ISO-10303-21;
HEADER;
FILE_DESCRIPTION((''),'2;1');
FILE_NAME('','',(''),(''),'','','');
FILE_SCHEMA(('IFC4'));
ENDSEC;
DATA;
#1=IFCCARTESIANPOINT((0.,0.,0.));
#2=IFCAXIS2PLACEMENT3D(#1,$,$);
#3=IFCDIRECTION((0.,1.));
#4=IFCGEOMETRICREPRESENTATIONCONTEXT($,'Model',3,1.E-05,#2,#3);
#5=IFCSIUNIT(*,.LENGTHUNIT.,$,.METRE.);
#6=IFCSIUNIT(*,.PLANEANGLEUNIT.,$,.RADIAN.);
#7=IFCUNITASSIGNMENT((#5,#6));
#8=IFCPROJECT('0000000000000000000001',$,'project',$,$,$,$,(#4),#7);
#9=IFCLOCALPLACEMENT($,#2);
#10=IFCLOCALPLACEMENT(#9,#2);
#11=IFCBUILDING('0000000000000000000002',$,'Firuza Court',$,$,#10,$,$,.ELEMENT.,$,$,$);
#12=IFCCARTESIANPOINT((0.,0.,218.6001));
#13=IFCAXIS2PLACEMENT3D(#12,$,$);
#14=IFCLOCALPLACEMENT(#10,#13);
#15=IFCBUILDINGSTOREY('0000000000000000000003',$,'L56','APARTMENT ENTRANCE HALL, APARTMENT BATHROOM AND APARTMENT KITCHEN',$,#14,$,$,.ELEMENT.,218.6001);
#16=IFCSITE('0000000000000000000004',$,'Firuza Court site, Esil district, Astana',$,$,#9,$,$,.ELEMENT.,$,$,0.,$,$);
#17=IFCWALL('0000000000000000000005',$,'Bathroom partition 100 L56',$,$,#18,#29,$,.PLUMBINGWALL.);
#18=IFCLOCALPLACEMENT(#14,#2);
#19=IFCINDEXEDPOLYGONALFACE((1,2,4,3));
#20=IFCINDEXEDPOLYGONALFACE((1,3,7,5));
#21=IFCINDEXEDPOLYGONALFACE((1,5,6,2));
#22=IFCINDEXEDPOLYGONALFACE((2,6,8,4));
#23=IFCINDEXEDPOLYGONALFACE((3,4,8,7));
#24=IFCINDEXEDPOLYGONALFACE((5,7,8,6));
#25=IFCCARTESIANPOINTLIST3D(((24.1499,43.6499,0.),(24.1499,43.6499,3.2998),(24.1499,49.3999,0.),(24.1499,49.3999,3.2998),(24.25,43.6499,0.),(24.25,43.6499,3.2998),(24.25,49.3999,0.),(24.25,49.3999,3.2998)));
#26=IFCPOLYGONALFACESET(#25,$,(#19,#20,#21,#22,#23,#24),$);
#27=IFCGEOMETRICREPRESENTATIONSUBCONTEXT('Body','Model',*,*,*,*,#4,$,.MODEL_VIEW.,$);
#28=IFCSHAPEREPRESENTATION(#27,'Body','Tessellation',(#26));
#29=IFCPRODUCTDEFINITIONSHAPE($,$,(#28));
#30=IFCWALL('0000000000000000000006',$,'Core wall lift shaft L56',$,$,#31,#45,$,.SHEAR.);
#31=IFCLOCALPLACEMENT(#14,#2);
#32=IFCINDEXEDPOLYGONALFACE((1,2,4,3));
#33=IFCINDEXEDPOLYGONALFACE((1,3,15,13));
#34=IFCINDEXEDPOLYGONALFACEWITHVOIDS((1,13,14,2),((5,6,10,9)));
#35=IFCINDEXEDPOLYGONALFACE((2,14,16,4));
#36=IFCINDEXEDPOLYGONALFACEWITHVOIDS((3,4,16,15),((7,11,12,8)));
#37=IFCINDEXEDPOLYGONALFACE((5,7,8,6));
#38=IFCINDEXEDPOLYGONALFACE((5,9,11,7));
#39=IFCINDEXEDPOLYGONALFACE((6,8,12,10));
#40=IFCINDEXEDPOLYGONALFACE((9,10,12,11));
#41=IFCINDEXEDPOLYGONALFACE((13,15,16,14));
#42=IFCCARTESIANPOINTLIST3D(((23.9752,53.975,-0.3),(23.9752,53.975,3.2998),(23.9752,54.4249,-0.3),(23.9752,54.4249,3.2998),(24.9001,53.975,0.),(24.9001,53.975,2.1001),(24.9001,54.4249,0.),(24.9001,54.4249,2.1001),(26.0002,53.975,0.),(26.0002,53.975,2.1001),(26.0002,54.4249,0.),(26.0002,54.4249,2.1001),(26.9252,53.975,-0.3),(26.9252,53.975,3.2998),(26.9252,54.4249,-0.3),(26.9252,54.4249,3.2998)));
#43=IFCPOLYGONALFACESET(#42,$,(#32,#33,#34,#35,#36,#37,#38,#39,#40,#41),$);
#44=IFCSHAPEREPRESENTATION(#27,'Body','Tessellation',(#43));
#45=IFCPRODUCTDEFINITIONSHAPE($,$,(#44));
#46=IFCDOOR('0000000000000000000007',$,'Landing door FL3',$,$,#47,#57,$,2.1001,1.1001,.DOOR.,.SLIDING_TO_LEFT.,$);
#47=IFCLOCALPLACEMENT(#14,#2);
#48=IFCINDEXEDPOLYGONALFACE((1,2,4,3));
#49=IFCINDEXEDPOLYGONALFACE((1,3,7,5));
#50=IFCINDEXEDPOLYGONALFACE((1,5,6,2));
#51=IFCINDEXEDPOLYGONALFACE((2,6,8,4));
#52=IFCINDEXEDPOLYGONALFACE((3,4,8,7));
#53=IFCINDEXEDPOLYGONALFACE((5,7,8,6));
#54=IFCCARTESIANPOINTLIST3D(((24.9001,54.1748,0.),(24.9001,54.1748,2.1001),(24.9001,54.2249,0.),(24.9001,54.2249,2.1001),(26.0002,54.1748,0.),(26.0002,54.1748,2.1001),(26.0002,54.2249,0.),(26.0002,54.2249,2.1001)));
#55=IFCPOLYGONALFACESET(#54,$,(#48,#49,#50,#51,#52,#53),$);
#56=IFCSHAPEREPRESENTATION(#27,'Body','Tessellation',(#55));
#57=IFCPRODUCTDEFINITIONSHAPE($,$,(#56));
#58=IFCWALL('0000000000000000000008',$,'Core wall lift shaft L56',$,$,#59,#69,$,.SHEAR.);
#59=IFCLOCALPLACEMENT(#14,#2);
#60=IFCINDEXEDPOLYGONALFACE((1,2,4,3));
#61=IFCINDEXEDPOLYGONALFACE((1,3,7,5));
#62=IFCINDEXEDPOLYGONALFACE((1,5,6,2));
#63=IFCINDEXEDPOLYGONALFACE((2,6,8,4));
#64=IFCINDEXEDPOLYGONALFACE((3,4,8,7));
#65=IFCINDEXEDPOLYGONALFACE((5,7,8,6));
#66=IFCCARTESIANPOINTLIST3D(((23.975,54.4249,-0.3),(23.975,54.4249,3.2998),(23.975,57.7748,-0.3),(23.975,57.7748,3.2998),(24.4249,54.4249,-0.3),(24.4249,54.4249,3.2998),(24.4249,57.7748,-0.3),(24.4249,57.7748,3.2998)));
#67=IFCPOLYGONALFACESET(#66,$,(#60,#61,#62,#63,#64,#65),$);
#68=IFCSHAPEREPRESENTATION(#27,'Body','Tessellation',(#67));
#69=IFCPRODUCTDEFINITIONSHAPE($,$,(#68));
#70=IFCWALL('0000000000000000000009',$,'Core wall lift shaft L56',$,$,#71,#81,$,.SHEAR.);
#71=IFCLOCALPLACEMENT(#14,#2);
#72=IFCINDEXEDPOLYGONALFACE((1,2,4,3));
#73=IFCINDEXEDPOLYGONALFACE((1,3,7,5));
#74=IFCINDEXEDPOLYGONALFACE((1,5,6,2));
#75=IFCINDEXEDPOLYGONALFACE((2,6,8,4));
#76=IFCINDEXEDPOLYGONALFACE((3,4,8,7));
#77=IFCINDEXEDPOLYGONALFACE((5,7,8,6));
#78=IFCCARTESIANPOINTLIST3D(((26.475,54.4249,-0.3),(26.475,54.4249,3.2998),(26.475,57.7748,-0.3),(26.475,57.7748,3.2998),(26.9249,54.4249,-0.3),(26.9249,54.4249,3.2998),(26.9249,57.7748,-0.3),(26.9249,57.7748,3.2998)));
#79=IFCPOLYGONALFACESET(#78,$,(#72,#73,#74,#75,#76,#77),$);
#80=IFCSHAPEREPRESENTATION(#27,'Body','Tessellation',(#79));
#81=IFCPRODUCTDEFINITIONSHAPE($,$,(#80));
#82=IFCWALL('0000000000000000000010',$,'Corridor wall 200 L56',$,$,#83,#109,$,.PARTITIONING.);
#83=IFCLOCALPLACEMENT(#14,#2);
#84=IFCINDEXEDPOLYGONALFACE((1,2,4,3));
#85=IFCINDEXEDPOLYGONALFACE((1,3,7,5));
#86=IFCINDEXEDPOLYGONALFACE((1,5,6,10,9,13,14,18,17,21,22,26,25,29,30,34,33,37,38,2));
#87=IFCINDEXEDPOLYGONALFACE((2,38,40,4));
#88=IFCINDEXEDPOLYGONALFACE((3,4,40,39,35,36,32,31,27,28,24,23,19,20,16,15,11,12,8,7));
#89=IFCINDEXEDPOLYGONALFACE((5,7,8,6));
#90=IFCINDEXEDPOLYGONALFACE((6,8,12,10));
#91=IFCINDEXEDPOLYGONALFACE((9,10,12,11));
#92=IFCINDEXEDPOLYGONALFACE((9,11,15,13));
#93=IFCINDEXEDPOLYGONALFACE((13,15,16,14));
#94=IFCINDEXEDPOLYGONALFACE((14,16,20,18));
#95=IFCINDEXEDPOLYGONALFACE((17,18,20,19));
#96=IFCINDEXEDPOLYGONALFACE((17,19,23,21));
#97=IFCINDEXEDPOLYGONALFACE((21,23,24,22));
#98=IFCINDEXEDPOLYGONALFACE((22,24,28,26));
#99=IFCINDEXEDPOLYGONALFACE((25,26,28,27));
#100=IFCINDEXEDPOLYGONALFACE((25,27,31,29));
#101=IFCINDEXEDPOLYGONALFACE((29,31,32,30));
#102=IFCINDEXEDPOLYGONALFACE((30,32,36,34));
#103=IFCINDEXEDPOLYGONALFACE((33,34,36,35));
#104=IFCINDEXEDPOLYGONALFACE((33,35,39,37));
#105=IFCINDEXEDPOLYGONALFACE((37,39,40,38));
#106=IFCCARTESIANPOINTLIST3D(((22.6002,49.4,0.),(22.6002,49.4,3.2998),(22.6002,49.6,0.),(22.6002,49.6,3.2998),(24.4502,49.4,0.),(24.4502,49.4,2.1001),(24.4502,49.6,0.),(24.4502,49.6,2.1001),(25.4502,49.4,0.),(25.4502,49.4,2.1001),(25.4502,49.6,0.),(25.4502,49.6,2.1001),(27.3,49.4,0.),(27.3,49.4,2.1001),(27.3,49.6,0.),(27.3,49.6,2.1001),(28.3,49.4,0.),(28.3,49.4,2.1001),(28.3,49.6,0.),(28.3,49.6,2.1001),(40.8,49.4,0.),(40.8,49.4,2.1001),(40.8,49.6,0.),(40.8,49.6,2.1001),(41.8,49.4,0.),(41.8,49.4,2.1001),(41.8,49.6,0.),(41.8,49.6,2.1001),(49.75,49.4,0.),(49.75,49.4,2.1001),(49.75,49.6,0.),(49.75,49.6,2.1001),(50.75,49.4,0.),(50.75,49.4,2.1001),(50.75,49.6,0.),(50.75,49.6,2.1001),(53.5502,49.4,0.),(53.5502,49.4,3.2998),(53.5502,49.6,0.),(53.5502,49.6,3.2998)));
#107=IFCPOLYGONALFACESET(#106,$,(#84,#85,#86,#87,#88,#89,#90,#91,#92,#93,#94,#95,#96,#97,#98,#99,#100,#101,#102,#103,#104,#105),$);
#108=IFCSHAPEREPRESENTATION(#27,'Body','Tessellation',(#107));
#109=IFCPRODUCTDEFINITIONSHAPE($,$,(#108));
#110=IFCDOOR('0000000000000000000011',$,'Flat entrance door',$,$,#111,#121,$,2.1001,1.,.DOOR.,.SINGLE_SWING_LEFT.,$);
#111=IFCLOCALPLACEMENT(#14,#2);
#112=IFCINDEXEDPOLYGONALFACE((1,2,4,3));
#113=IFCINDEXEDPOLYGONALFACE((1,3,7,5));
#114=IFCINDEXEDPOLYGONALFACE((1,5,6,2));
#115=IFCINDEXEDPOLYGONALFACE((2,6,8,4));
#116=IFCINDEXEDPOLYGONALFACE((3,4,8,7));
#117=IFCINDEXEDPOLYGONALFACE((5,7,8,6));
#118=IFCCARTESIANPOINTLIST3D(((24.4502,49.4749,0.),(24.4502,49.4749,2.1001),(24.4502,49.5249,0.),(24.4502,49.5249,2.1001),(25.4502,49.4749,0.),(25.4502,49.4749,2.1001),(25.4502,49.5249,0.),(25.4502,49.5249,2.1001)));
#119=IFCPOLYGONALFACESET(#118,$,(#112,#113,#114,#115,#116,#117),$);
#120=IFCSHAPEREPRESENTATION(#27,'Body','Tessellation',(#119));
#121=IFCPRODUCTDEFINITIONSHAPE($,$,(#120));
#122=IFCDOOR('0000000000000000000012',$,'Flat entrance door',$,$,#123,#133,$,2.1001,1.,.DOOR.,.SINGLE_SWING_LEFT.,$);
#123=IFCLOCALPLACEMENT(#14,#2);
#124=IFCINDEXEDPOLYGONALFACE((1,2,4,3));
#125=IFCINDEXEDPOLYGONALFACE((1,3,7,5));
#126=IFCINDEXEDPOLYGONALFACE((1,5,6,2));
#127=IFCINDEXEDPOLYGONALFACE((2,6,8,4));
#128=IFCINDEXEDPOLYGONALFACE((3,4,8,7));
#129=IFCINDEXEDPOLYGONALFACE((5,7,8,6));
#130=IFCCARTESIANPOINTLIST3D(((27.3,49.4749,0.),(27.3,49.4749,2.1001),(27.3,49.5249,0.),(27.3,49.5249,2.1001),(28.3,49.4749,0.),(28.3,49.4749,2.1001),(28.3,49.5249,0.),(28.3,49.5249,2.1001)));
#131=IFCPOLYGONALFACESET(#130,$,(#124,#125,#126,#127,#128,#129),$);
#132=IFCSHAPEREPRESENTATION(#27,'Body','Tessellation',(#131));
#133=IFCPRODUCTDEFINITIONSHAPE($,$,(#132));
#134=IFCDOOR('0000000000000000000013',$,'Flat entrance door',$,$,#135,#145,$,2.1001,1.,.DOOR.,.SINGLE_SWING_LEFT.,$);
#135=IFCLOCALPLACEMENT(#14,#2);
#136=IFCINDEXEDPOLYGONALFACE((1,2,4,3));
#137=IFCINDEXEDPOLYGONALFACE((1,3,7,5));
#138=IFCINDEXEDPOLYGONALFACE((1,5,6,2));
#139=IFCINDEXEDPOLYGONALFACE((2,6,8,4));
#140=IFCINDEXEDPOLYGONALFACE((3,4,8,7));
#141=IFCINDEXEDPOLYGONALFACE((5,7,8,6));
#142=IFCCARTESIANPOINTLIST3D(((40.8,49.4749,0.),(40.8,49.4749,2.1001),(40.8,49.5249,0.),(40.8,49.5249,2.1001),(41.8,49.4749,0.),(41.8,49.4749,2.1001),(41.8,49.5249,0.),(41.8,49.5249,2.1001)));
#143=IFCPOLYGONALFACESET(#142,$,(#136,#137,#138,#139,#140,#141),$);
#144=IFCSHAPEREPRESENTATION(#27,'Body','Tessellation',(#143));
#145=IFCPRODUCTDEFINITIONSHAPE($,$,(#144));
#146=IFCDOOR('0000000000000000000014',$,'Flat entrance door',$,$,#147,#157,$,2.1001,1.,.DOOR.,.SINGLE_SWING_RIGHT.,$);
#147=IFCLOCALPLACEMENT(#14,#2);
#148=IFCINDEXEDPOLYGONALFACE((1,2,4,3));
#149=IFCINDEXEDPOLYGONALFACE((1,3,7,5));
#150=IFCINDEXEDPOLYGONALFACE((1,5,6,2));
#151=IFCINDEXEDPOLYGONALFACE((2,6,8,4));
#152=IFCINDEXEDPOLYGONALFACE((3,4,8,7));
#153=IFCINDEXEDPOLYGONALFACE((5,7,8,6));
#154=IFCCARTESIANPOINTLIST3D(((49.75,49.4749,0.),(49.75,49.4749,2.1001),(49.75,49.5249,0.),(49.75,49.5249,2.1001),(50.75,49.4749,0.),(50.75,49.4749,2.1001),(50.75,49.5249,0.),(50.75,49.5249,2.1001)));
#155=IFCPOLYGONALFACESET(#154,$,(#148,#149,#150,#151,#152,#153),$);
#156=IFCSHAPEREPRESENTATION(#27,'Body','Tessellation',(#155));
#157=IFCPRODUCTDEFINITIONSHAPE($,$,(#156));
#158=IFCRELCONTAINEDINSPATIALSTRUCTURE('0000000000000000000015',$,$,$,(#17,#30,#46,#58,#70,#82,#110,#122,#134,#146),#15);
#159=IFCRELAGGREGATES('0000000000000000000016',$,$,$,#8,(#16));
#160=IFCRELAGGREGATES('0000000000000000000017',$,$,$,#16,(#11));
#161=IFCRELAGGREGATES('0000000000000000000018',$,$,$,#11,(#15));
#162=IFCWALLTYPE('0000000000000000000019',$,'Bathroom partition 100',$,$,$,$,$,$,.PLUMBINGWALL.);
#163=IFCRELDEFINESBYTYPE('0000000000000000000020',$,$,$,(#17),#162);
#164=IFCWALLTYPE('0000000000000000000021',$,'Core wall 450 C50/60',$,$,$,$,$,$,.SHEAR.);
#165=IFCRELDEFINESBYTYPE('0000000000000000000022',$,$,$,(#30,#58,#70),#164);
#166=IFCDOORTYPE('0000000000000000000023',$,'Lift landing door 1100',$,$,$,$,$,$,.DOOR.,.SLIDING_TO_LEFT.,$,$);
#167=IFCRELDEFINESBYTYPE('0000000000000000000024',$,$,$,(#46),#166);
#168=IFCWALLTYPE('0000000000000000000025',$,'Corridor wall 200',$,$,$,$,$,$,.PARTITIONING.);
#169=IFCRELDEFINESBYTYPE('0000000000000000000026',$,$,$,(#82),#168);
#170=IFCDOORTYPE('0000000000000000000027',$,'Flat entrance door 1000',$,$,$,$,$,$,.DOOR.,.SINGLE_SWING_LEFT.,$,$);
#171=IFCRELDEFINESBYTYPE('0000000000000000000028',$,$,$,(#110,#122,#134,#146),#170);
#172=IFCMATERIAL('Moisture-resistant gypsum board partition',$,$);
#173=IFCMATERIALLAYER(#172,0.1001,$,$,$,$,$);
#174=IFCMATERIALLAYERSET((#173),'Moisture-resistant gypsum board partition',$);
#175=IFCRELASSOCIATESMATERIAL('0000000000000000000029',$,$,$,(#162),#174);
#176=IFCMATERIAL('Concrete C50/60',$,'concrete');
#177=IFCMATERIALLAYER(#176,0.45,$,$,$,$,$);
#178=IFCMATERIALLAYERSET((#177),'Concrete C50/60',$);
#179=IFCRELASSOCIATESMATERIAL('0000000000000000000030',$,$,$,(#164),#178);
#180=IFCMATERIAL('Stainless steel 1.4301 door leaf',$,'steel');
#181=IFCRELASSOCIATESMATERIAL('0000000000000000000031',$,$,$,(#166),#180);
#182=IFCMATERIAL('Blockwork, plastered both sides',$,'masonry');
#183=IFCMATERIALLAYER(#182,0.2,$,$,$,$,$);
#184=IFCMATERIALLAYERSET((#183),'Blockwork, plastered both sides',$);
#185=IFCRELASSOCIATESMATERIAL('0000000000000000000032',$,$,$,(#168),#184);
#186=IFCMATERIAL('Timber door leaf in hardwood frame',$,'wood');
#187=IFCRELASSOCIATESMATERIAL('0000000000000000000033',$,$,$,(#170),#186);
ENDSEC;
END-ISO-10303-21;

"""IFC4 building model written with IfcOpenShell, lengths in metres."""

from ifc_helpers import new_model, si_unit, direction, frame, frame_2d, origin, place, context, subcontext, project, spatial, rectangle, extrude, material, layer, layer_set, type_object, element, fill, save


model = new_model("IFC4")

# Units and contexts
model_context = context("Model", 3, precision=1e-05, world=origin(), true_north=direction((0.0, 1.0)))
body_context = subcontext(model_context, "Body", "Model", "MODEL_VIEW")
ifc_project = project(units=[si_unit("LENGTHUNIT", "METRE"), si_unit("PLANEANGLEUNIT", "RADIAN")], contexts=[model_context])

# Site, building, storey
site_placement = place(None, origin())
site = spatial("IfcSite", under=ifc_project, at=site_placement, Name="Firuza Court site, Esil district, Astana", CompositionType="ELEMENT", RefElevation=0.0)
building_placement = place(site_placement, origin())
building = spatial("IfcBuilding", under=site, at=building_placement, Name="Firuza Court", CompositionType="ELEMENT")
storey_placement = place(building_placement, frame((0.0, 0.0, 218.6001)))
storey = spatial("IfcBuildingStorey", under=building, at=storey_placement, Name="L56", Description="APARTMENT ENTRANCE HALL, APARTMENT BATHROOM AND APARTMENT KITCHEN", CompositionType="ELEMENT", Elevation=218.6001)

# Wall
ifc_material_1 = material(Name="Moisture-resistant gypsum board partition")
ifc_layer_1 = layer(ifc_material_1, 0.1001)
ifc_layer_set_1 = layer_set([ifc_layer_1], Name="Moisture-resistant gypsum board partition")
wall_type_1 = type_object("IfcWallType", Name="Bathroom partition 100", PredefinedType="PLUMBINGWALL", material=ifc_layer_set_1)
wall_1_placement = place(storey_placement, frame((24.2, 43.6499, 0.0), z_axis=(0.0, 0.0, 1.0), x_axis=(0.0, 1.0, 0.0)))
element("IfcWall", 1, at=wall_1_placement, inside=storey, type_object=wall_type_1, Name="Bathroom partition 100 L56", PredefinedType="PLUMBINGWALL", context=body_context, shape_type="SweptSolid", body=[
    extrude(rectangle(XDim=5.75, YDim=0.1001, at=frame_2d((2.875, 0.0))), origin(), (0.0, 0.0, 1.0), 3.2998),
])

# Wall, opening, door
ifc_material_2 = material(Name="Concrete C50/60", Category="concrete")
ifc_layer_2 = layer(ifc_material_2, 0.45)
ifc_layer_set_2 = layer_set([ifc_layer_2], Name="Concrete C50/60")
wall_type_2 = type_object("IfcWallType", Name="Core wall 450 C50/60", PredefinedType="SHEAR", material=ifc_layer_set_2)
wall_2_placement = place(storey_placement, frame((23.9751, 54.2, -0.3), z_axis=(0.0, 0.0, 1.0), x_axis=(1.0, 0.0, 0.0)))
wall_2 = element("IfcWall", 2, at=wall_2_placement, inside=storey, type_object=wall_type_2, Name="Core wall lift shaft L56", PredefinedType="SHEAR", context=body_context, shape_type="SweptSolid", body=[
    extrude(rectangle(XDim=2.95, YDim=0.45, at=frame_2d((1.4751, 0.0))), origin(), (0.0, 0.0, 1.0), 3.5999),
])
opening_1_placement = place(wall_2_placement, frame((0.925, 0.0, 0.3)))
opening_1 = element("IfcOpeningElement", 3, at=opening_1_placement, cuts=wall_2, PredefinedType="OPENING", context=body_context, shape_type="SweptSolid", body=[
    extrude(rectangle(XDim=1.1001, YDim=2.1001, at=frame_2d((0.55, 1.05))), frame((0.0, 0.2368, 0.0), z_axis=(0.0, -1.0, 0.0), x_axis=(1.0, 0.0, 0.0)), (0.0, 0.0, 1.0), 0.4739),
])
ifc_material_3 = material(Name="Stainless steel 1.4301 door leaf", Category="steel")
door_type_1 = type_object("IfcDoorType", Name="Lift landing door 1100", OperationType="SLIDING_TO_LEFT", PredefinedType="DOOR", material=ifc_material_3)
door_1_placement = place(opening_1_placement, origin())
door_1 = element("IfcDoor", 4, at=door_1_placement, inside=storey, type_object=door_type_1, Name="Landing door FL3", OperationType="SLIDING_TO_LEFT", OverallHeight=2.1001, OverallWidth=1.1001, PredefinedType="DOOR", context=body_context, shape_type="SweptSolid", body=[
    extrude(rectangle(XDim=1.1001, YDim=2.1001, at=frame_2d((0.55, 1.05))), frame((0.0, 0.0249, 0.0), z_axis=(0.0, -1.0, 0.0), x_axis=(1.0, 0.0, 0.0)), (0.0, 0.0, 1.0), 0.05),
])
fill(opening_1, door_1)

# Walls
for number, where, z_axis, x_axis, name in (
    (5, (24.2, 54.425, -0.3), (0.0, 0.0, 1.0), (0.0, 1.0, 0.0), "Core wall lift shaft L56"),
    (6, (26.7, 54.425, -0.3), (0.0, 0.0, 1.0), (0.0, 1.0, 0.0), "Core wall lift shaft L56"),
):
    element("IfcWall", number, at=place(storey_placement, frame(where, z_axis=z_axis, x_axis=x_axis)), inside=storey, type_object=wall_type_2, Name=name, PredefinedType="SHEAR", context=body_context, shape_type="SweptSolid", body=[
        extrude(rectangle(XDim=3.3499, YDim=0.45, at=frame_2d((1.6748, 0.0))), origin(), (0.0, 0.0, 1.0), 3.5999),
    ])

# Wall, openings, doors
ifc_material_4 = material(Name="Blockwork, plastered both sides", Category="masonry")
ifc_layer_3 = layer(ifc_material_4, 0.2)
ifc_layer_set_3 = layer_set([ifc_layer_3], Name="Blockwork, plastered both sides")
wall_type_3 = type_object("IfcWallType", Name="Corridor wall 200", PredefinedType="PARTITIONING", material=ifc_layer_set_3)
wall_3_placement = place(storey_placement, frame((22.6001, 49.5, 0.0), z_axis=(0.0, 0.0, 1.0), x_axis=(1.0, 0.0, 0.0)))
wall_3 = element("IfcWall", 7, at=wall_3_placement, inside=storey, type_object=wall_type_3, Name="Corridor wall 200 L56", PredefinedType="PARTITIONING", context=body_context, shape_type="SweptSolid", body=[
    extrude(rectangle(XDim=30.95, YDim=0.2, at=frame_2d((15.4751, 0.0))), origin(), (0.0, 0.0, 1.0), 3.2998),
])
opening_2_placement = place(wall_3_placement, frame((1.8501, 0.0, 0.0)))
opening_2 = element("IfcOpeningElement", 8, at=opening_2_placement, cuts=wall_3, PredefinedType="OPENING", context=body_context, shape_type="SweptSolid", body=[
    extrude(rectangle(XDim=1.0, YDim=2.1001, at=frame_2d((0.5, 1.05))), frame((0.0, 0.1118, 0.0), z_axis=(0.0, -1.0, 0.0), x_axis=(1.0, 0.0, 0.0)), (0.0, 0.0, 1.0), 0.2239),
])
opening_3_placement = place(wall_3_placement, frame((4.7, 0.0, 0.0)))
opening_3 = element("IfcOpeningElement", 9, at=opening_3_placement, cuts=wall_3, PredefinedType="OPENING", context=body_context, shape_type="SweptSolid", body=[
    extrude(rectangle(XDim=1.0, YDim=2.1001, at=frame_2d((0.5, 1.05))), frame((0.0, 0.1118, 0.0), z_axis=(0.0, -1.0, 0.0), x_axis=(1.0, 0.0, 0.0)), (0.0, 0.0, 1.0), 0.2239),
])
opening_4_placement = place(wall_3_placement, frame((18.2, 0.0, 0.0)))
opening_4 = element("IfcOpeningElement", 10, at=opening_4_placement, cuts=wall_3, PredefinedType="OPENING", context=body_context, shape_type="SweptSolid", body=[
    extrude(rectangle(XDim=1.0, YDim=2.1001, at=frame_2d((0.5, 1.05))), frame((0.0, 0.1118, 0.0), z_axis=(0.0, -1.0, 0.0), x_axis=(1.0, 0.0, 0.0)), (0.0, 0.0, 1.0), 0.2239),
])
opening_5_placement = place(wall_3_placement, frame((27.1499, 0.0, 0.0)))
opening_5 = element("IfcOpeningElement", 11, at=opening_5_placement, cuts=wall_3, PredefinedType="OPENING", context=body_context, shape_type="SweptSolid", body=[
    extrude(rectangle(XDim=1.0, YDim=2.1001, at=frame_2d((0.5, 1.05))), frame((0.0, 0.1118, 0.0), z_axis=(0.0, -1.0, 0.0), x_axis=(1.0, 0.0, 0.0)), (0.0, 0.0, 1.0), 0.2239),
])
ifc_material_5 = material(Name="Timber door leaf in hardwood frame", Category="wood")
door_type_2 = type_object("IfcDoorType", Name="Flat entrance door 1000", OperationType="SINGLE_SWING_LEFT", PredefinedType="DOOR", material=ifc_material_5)
door_2_placement = place(opening_2_placement, origin())
door_2 = element("IfcDoor", 12, at=door_2_placement, inside=storey, type_object=door_type_2, Name="Flat entrance door", OperationType="SINGLE_SWING_LEFT", OverallHeight=2.1001, OverallWidth=1.0, PredefinedType="DOOR", context=body_context, shape_type="SweptSolid", body=[
    extrude(rectangle(XDim=1.0, YDim=2.1001, at=frame_2d((0.5, 1.05))), frame((0.0, 0.0249, 0.0), z_axis=(0.0, -1.0, 0.0), x_axis=(1.0, 0.0, 0.0)), (0.0, 0.0, 1.0), 0.05),
])
fill(opening_2, door_2)
door_3_placement = place(opening_3_placement, origin())
door_3 = element("IfcDoor", 13, at=door_3_placement, inside=storey, type_object=door_type_2, Name="Flat entrance door", OperationType="SINGLE_SWING_LEFT", OverallHeight=2.1001, OverallWidth=1.0, PredefinedType="DOOR", context=body_context, shape_type="SweptSolid", body=[
    extrude(rectangle(XDim=1.0, YDim=2.1001, at=frame_2d((0.5, 1.05))), frame((0.0, 0.0249, 0.0), z_axis=(0.0, -1.0, 0.0), x_axis=(1.0, 0.0, 0.0)), (0.0, 0.0, 1.0), 0.05),
])
fill(opening_3, door_3)
door_4_placement = place(opening_4_placement, origin())
door_4 = element("IfcDoor", 14, at=door_4_placement, inside=storey, type_object=door_type_2, Name="Flat entrance door", OperationType="SINGLE_SWING_LEFT", OverallHeight=2.1001, OverallWidth=1.0, PredefinedType="DOOR", context=body_context, shape_type="SweptSolid", body=[
    extrude(rectangle(XDim=1.0, YDim=2.1001, at=frame_2d((0.5, 1.05))), frame((0.0, 0.0249, 0.0), z_axis=(0.0, -1.0, 0.0), x_axis=(1.0, 0.0, 0.0)), (0.0, 0.0, 1.0), 0.05),
])
fill(opening_4, door_4)
door_5_placement = place(opening_5_placement, origin())
door_5 = element("IfcDoor", 15, at=door_5_placement, inside=storey, type_object=door_type_2, Name="Flat entrance door", OperationType="SINGLE_SWING_RIGHT", OverallHeight=2.1001, OverallWidth=1.0, PredefinedType="DOOR", context=body_context, shape_type="SweptSolid", body=[
    extrude(rectangle(XDim=1.0, YDim=2.1001, at=frame_2d((0.5, 1.05))), frame((0.0, 0.0249, 0.0), z_axis=(0.0, -1.0, 0.0), x_axis=(1.0, 0.0, 0.0)), (0.0, 0.0, 1.0), 0.05),
])
fill(opening_5, door_5)

save(model, "model.ifc")
